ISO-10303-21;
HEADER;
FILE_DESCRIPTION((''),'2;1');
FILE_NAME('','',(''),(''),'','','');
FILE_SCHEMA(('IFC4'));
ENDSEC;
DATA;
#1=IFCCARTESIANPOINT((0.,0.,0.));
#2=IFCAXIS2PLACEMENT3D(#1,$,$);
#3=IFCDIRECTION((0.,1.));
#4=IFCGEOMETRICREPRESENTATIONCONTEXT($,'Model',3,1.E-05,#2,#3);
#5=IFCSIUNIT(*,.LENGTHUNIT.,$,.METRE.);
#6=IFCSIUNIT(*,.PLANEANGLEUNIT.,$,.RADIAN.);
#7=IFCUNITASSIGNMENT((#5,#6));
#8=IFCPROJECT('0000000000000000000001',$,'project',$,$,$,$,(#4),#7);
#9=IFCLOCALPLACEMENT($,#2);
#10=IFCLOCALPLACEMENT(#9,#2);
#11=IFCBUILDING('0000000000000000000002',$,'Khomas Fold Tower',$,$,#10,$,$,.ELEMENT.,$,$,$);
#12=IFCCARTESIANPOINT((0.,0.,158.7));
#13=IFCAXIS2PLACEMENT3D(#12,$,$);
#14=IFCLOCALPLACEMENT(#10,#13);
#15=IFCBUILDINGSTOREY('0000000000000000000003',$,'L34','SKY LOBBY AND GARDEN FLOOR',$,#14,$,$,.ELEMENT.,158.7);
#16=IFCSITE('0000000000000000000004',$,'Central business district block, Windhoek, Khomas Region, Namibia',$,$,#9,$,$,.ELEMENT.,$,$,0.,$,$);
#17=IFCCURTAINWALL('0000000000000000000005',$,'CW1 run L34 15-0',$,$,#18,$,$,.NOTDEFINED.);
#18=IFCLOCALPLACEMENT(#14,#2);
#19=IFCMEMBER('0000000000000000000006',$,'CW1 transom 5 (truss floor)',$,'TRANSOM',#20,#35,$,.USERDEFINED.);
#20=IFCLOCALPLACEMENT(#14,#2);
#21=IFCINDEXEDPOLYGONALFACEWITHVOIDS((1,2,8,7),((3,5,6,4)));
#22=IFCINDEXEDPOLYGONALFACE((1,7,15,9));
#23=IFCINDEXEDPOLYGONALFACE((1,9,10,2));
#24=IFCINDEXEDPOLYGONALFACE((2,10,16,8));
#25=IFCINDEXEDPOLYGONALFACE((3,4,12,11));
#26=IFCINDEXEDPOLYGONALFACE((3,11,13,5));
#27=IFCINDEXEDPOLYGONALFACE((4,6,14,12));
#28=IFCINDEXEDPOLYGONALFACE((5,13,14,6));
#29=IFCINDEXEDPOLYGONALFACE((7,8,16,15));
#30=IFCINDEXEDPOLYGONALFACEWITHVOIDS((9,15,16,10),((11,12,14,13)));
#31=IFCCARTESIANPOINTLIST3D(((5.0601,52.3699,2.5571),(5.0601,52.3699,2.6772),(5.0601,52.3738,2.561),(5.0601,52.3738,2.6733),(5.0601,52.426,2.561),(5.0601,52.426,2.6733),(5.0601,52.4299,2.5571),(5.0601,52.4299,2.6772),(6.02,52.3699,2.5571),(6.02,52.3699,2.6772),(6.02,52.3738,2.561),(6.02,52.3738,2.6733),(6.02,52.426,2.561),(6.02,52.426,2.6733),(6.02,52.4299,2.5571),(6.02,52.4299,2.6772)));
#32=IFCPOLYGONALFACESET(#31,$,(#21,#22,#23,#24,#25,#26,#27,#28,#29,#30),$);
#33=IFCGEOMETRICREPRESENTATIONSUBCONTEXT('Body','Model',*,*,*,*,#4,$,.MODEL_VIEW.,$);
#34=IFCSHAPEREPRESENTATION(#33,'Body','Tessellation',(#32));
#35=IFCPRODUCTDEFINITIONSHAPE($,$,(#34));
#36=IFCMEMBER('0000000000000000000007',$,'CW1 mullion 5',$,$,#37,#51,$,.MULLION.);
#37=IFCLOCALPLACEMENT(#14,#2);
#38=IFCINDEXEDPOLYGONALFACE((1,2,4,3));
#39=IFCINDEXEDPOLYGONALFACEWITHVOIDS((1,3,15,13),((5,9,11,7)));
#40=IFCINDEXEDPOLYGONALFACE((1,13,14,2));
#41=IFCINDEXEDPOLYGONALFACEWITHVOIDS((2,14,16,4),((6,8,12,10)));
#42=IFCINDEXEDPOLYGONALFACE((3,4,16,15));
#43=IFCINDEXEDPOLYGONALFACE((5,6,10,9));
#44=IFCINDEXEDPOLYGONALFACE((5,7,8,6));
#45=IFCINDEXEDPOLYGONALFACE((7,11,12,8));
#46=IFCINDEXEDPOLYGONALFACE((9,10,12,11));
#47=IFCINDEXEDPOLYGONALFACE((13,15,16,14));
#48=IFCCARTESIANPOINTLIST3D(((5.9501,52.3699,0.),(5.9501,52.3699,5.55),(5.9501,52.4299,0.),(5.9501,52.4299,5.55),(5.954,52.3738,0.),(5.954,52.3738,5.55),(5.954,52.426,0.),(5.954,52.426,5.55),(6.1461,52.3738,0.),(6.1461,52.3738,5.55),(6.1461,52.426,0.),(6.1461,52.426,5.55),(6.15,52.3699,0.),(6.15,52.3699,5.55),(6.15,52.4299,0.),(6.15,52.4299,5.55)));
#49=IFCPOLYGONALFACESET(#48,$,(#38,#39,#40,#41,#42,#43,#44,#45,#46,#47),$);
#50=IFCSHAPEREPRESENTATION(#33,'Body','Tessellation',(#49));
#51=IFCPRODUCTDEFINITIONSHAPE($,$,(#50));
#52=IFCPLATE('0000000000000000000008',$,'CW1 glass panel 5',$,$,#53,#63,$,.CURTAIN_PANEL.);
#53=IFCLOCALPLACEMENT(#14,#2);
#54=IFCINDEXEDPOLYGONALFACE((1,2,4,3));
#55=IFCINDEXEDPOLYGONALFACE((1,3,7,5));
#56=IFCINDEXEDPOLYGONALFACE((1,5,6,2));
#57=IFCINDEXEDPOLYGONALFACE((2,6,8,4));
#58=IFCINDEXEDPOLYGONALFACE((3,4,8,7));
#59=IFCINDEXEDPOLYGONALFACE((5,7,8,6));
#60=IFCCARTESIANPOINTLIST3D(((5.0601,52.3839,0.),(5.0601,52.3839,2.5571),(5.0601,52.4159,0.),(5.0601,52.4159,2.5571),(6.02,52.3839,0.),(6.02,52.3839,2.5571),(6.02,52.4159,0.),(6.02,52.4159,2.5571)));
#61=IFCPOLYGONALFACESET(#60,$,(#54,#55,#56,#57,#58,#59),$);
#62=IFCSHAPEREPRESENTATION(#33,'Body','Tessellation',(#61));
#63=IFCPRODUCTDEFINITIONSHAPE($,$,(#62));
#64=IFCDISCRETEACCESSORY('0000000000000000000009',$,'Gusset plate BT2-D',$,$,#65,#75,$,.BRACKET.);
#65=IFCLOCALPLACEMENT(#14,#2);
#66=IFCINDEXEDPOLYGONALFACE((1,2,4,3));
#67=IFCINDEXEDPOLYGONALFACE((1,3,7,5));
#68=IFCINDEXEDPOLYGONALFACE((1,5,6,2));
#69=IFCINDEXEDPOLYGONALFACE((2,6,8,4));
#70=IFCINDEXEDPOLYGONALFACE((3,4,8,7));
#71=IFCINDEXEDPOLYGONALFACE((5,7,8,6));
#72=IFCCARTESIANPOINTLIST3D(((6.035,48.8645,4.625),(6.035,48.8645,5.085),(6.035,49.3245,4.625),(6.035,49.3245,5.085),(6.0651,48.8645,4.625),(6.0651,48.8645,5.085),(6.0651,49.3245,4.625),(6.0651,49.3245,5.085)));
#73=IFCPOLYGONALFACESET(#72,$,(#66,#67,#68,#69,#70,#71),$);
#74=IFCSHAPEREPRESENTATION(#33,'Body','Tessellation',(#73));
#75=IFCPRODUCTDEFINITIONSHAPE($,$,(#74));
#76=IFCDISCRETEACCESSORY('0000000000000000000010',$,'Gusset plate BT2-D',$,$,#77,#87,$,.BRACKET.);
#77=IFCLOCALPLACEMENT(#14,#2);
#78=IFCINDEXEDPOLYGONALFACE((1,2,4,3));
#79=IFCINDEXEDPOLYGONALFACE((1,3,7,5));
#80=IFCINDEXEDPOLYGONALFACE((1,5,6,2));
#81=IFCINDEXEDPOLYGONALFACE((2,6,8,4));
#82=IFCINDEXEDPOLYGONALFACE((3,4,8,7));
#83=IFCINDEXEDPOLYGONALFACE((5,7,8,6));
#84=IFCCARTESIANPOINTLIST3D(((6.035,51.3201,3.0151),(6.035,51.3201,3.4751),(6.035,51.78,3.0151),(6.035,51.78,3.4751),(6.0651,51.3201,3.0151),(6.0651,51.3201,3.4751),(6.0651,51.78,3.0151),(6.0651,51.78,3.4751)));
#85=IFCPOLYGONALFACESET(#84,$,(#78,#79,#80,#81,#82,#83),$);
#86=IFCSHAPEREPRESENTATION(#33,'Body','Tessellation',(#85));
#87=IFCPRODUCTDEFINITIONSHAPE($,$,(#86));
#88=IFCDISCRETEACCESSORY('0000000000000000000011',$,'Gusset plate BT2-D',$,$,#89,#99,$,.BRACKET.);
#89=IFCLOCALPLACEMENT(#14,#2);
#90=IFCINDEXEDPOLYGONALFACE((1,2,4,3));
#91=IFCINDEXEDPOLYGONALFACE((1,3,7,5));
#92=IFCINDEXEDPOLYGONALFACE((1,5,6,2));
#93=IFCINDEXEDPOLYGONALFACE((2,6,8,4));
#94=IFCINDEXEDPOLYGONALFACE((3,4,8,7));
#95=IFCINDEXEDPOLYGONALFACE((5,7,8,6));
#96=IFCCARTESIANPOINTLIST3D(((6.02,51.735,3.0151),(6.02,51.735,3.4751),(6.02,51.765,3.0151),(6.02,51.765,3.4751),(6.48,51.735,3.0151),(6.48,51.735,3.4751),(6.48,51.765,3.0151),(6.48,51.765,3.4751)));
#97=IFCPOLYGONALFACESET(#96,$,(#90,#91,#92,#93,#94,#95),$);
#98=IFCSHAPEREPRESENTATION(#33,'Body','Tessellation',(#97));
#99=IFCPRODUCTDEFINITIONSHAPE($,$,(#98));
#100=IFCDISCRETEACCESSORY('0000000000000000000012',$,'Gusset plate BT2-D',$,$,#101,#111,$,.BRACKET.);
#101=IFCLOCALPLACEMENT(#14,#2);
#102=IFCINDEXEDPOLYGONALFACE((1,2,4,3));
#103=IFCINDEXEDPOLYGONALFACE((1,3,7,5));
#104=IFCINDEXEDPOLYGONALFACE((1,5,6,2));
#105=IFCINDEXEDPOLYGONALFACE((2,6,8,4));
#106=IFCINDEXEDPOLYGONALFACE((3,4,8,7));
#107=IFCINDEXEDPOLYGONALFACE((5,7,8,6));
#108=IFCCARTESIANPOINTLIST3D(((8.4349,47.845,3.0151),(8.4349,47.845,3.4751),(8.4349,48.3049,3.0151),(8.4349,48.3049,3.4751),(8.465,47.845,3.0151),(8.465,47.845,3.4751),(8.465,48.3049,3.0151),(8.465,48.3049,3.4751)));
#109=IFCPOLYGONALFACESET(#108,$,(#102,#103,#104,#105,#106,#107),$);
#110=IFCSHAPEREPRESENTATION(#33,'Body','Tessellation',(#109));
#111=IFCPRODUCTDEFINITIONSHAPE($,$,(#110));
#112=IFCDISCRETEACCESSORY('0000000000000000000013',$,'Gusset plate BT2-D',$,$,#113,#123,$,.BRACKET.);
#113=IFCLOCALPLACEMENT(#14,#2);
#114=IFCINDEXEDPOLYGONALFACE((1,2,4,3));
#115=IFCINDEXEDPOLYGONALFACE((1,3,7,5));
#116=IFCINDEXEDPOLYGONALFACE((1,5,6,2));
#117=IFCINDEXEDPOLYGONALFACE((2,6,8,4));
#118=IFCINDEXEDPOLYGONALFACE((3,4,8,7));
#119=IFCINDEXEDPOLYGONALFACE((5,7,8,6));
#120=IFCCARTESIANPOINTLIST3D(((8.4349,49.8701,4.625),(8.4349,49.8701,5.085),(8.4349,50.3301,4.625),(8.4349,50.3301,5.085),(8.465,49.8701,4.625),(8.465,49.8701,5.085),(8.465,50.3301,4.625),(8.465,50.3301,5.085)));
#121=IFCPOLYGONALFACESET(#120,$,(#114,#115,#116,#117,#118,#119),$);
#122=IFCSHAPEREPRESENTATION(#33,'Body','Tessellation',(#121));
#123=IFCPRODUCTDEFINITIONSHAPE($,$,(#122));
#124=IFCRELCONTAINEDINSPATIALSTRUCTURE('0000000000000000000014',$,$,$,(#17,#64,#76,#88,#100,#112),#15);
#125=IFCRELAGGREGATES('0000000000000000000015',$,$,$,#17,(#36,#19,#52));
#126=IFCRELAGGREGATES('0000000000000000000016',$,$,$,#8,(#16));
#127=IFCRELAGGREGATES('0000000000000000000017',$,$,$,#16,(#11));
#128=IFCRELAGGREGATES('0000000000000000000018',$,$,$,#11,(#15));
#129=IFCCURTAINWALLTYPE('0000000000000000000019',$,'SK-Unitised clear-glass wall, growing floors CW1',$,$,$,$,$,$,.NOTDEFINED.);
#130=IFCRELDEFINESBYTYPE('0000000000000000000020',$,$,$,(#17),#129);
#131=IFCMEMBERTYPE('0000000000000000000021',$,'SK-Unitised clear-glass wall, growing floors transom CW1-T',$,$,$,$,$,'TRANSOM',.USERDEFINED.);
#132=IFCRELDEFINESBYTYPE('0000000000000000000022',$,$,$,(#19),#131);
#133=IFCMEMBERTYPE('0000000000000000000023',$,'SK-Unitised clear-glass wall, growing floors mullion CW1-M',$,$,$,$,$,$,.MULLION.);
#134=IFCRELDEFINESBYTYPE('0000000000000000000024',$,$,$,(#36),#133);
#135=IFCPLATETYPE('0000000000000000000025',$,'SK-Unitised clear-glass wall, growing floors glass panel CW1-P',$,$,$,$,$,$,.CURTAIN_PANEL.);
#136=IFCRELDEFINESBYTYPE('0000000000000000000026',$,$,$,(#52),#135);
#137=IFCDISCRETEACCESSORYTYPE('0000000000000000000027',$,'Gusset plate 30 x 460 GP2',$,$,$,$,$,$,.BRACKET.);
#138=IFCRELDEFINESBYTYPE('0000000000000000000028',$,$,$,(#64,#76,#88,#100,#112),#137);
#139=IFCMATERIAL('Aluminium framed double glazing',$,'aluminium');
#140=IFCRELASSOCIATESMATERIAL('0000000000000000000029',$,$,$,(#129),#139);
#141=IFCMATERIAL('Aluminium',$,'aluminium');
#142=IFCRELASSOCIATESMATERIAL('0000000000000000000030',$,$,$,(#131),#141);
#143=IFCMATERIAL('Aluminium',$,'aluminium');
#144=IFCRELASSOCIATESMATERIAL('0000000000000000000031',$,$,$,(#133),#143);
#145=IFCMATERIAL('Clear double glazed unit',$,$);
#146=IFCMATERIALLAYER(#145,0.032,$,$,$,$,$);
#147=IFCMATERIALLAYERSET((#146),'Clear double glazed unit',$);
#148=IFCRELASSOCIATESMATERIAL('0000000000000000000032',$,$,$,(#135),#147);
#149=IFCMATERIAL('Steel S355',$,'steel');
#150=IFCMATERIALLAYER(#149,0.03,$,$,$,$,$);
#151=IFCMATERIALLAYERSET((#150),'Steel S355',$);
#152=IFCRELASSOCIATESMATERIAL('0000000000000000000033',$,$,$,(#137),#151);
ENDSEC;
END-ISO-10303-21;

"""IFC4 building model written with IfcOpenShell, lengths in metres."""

from ifc_helpers import new_model, si_unit, direction, frame, origin, origin_2d, place, context, subcontext, project, spatial, rectangle, hollow_rectangle, extrude, source, transform, mapped, material, layer, layer_set, material_profile, profile_set, type_object, element, aggregate, save


model = new_model("IFC4")

# Units and contexts
model_context = context("Model", 3, precision=1e-05, world=origin(), true_north=direction((0.0, 1.0)))
body_context = subcontext(model_context, "Body", "Model", "MODEL_VIEW")
ifc_project = project(units=[si_unit("LENGTHUNIT", "METRE"), si_unit("PLANEANGLEUNIT", "RADIAN")], contexts=[model_context])

# Site, building, storey
site_placement = place(None, origin())
site = spatial("IfcSite", under=ifc_project, at=site_placement, Name="Central business district block, Windhoek, Khomas Region, Namibia", CompositionType="ELEMENT", RefElevation=0.0)
building_placement = place(site_placement, origin())
building = spatial("IfcBuilding", under=site, at=building_placement, Name="Khomas Fold Tower", CompositionType="ELEMENT")
storey_placement = place(building_placement, frame((0.0, 0.0, 158.7)))
storey = spatial("IfcBuildingStorey", under=building, at=storey_placement, Name="L34", Description="SKY LOBBY AND GARDEN FLOOR", CompositionType="ELEMENT", Elevation=158.7)

# Curtain wall, members, plate
ifc_material_1 = material(Name="Aluminium framed double glazing", Category="aluminium")
curtain_wall_type = type_object("IfcCurtainWallType", Name="SK-Unitised clear-glass wall, growing floors CW1", PredefinedType="NOTDEFINED", material=ifc_material_1)
curtain_wall_placement = place(storey_placement, origin())
curtain_wall = element("IfcCurtainWall", 1, at=curtain_wall_placement, inside=storey, type_object=curtain_wall_type, Name="CW1 run L34 15-0", PredefinedType="NOTDEFINED")
ifc_material_2 = material(Name="Aluminium", Category="aluminium")
ifc_material_profile_1 = material_profile(ifc_material_2, hollow_rectangle(XDim=0.0601, YDim=0.1201, WallThickness=0.0039, at=origin_2d()), Name="SK-Unitised clear-glass wall, growing floors transom CW1-T")
ifc_profile_set_1 = profile_set([ifc_material_profile_1], Name="Aluminium")
member_type_1 = type_object("IfcMemberType", Name="SK-Unitised clear-glass wall, growing floors transom CW1-T", ElementType="TRANSOM", PredefinedType="USERDEFINED", material=ifc_profile_set_1)
shared_shape_1 = source(origin(), body_context, "Body", "SweptSolid", [
    extrude(hollow_rectangle(XDim=0.0601, YDim=0.1201, WallThickness=0.0039, at=origin_2d()), origin(), (0.0, 0.0, 1.0), 0.96),
])
member_1_placement = place(storey_placement, frame((6.02, 52.3999, 2.6172), z_axis=(-1.0, 0.0, 0.0), x_axis=(0.0, -1.0, 0.0)))
member_1 = element("IfcMember", 2, at=member_1_placement, type_object=member_type_1, Name="CW1 transom 5 (truss floor)", ObjectType="TRANSOM", PredefinedType="USERDEFINED", context=body_context, shape_type="MappedRepresentation", body=[
    mapped(shared_shape_1, transform((0.0, 0.0, 0.0))),
])
ifc_material_3 = material(Name="Aluminium", Category="aluminium")
ifc_material_profile_2 = material_profile(ifc_material_3, hollow_rectangle(XDim=0.0601, YDim=0.2, WallThickness=0.0039, at=origin_2d()), Name="SK-Unitised clear-glass wall, growing floors mullion CW1-M")
ifc_profile_set_2 = profile_set([ifc_material_profile_2], Name="Aluminium")
member_type_2 = type_object("IfcMemberType", Name="SK-Unitised clear-glass wall, growing floors mullion CW1-M", PredefinedType="MULLION", material=ifc_profile_set_2)
shared_shape_2 = source(origin(), body_context, "Body", "SweptSolid", [
    extrude(hollow_rectangle(XDim=0.0601, YDim=0.2, WallThickness=0.0039, at=origin_2d()), origin(), (0.0, 0.0, 1.0), 5.55),
])
member_2_placement = place(storey_placement, frame((6.05, 52.3999, 0.0), z_axis=(0.0, 0.0, 1.0), x_axis=(0.0, -1.0, 0.0)))
member_2 = element("IfcMember", 3, at=member_2_placement, type_object=member_type_2, Name="CW1 mullion 5", PredefinedType="MULLION", context=body_context, shape_type="MappedRepresentation", body=[
    mapped(shared_shape_2, transform((0.0, 0.0, 0.0))),
])
ifc_material_4 = material(Name="Clear double glazed unit")
ifc_layer_1 = layer(ifc_material_4, 0.032)
ifc_layer_set_1 = layer_set([ifc_layer_1], Name="Clear double glazed unit")
plate_type = type_object("IfcPlateType", Name="SK-Unitised clear-glass wall, growing floors glass panel CW1-P", PredefinedType="CURTAIN_PANEL", material=ifc_layer_set_1)
shared_shape_3 = source(origin(), body_context, "Body", "SweptSolid", [
    extrude(rectangle(XDim=0.96, YDim=0.032, at=origin_2d()), origin(), (0.0, 0.0, 1.0), 2.5571),
])
plate_placement = place(storey_placement, frame((5.54, 52.3999, 0.0), z_axis=(0.0, 0.0, 1.0), x_axis=(-1.0, 0.0, 0.0)))
plate = element("IfcPlate", 4, at=plate_placement, type_object=plate_type, Name="CW1 glass panel 5", PredefinedType="CURTAIN_PANEL", context=body_context, shape_type="MappedRepresentation", body=[
    mapped(shared_shape_3, transform((0.0, 0.0, 0.0))),
])
aggregate(curtain_wall, [member_2, member_1, plate])

# Discrete accessories
ifc_material_5 = material(Name="Steel S355", Category="steel")
ifc_layer_2 = layer(ifc_material_5, 0.03)
ifc_layer_set_2 = layer_set([ifc_layer_2], Name="Steel S355")
discrete_accessory_type = type_object("IfcDiscreteAccessoryType", Name="Gusset plate 30 x 460 GP2", PredefinedType="BRACKET", material=ifc_layer_set_2)
shared_shape_4 = source(origin(), body_context, "Body", "SweptSolid", [
    extrude(rectangle(XDim=0.46, YDim=0.03, at=origin_2d()), origin(), (0.0, 0.0, 1.0), 0.46),
])
for number, where, z_axis, x_axis, name in (
    (5, (6.05, 49.0945, 4.625), (0.0, 0.0, 1.0), (0.0, 1.0, 0.0), "Gusset plate BT2-D"),
    (6, (6.05, 51.55, 3.0151), (0.0, 0.0, 1.0), (0.0, 1.0, 0.0), "Gusset plate BT2-D"),
    (7, (6.25, 51.75, 3.0151), (0.0, 0.0, 1.0), (1.0, 0.0, 0.0), "Gusset plate BT2-D"),
    (8, (8.45, 48.075, 3.0151), (0.0, 0.0, 1.0), (0.0, 1.0, 0.0), "Gusset plate BT2-D"),
    (9, (8.45, 50.1001, 4.625), (0.0, 0.0, 1.0), (0.0, 1.0, 0.0), "Gusset plate BT2-D"),
):
    element("IfcDiscreteAccessory", number, at=place(storey_placement, frame(where, z_axis=z_axis, x_axis=x_axis)), inside=storey, type_object=discrete_accessory_type, Name=name, PredefinedType="BRACKET", context=body_context, shape_type="MappedRepresentation", body=[
        mapped(shared_shape_4, transform((0.0, 0.0, 0.0))),
    ])

save(model, "model.ifc")
